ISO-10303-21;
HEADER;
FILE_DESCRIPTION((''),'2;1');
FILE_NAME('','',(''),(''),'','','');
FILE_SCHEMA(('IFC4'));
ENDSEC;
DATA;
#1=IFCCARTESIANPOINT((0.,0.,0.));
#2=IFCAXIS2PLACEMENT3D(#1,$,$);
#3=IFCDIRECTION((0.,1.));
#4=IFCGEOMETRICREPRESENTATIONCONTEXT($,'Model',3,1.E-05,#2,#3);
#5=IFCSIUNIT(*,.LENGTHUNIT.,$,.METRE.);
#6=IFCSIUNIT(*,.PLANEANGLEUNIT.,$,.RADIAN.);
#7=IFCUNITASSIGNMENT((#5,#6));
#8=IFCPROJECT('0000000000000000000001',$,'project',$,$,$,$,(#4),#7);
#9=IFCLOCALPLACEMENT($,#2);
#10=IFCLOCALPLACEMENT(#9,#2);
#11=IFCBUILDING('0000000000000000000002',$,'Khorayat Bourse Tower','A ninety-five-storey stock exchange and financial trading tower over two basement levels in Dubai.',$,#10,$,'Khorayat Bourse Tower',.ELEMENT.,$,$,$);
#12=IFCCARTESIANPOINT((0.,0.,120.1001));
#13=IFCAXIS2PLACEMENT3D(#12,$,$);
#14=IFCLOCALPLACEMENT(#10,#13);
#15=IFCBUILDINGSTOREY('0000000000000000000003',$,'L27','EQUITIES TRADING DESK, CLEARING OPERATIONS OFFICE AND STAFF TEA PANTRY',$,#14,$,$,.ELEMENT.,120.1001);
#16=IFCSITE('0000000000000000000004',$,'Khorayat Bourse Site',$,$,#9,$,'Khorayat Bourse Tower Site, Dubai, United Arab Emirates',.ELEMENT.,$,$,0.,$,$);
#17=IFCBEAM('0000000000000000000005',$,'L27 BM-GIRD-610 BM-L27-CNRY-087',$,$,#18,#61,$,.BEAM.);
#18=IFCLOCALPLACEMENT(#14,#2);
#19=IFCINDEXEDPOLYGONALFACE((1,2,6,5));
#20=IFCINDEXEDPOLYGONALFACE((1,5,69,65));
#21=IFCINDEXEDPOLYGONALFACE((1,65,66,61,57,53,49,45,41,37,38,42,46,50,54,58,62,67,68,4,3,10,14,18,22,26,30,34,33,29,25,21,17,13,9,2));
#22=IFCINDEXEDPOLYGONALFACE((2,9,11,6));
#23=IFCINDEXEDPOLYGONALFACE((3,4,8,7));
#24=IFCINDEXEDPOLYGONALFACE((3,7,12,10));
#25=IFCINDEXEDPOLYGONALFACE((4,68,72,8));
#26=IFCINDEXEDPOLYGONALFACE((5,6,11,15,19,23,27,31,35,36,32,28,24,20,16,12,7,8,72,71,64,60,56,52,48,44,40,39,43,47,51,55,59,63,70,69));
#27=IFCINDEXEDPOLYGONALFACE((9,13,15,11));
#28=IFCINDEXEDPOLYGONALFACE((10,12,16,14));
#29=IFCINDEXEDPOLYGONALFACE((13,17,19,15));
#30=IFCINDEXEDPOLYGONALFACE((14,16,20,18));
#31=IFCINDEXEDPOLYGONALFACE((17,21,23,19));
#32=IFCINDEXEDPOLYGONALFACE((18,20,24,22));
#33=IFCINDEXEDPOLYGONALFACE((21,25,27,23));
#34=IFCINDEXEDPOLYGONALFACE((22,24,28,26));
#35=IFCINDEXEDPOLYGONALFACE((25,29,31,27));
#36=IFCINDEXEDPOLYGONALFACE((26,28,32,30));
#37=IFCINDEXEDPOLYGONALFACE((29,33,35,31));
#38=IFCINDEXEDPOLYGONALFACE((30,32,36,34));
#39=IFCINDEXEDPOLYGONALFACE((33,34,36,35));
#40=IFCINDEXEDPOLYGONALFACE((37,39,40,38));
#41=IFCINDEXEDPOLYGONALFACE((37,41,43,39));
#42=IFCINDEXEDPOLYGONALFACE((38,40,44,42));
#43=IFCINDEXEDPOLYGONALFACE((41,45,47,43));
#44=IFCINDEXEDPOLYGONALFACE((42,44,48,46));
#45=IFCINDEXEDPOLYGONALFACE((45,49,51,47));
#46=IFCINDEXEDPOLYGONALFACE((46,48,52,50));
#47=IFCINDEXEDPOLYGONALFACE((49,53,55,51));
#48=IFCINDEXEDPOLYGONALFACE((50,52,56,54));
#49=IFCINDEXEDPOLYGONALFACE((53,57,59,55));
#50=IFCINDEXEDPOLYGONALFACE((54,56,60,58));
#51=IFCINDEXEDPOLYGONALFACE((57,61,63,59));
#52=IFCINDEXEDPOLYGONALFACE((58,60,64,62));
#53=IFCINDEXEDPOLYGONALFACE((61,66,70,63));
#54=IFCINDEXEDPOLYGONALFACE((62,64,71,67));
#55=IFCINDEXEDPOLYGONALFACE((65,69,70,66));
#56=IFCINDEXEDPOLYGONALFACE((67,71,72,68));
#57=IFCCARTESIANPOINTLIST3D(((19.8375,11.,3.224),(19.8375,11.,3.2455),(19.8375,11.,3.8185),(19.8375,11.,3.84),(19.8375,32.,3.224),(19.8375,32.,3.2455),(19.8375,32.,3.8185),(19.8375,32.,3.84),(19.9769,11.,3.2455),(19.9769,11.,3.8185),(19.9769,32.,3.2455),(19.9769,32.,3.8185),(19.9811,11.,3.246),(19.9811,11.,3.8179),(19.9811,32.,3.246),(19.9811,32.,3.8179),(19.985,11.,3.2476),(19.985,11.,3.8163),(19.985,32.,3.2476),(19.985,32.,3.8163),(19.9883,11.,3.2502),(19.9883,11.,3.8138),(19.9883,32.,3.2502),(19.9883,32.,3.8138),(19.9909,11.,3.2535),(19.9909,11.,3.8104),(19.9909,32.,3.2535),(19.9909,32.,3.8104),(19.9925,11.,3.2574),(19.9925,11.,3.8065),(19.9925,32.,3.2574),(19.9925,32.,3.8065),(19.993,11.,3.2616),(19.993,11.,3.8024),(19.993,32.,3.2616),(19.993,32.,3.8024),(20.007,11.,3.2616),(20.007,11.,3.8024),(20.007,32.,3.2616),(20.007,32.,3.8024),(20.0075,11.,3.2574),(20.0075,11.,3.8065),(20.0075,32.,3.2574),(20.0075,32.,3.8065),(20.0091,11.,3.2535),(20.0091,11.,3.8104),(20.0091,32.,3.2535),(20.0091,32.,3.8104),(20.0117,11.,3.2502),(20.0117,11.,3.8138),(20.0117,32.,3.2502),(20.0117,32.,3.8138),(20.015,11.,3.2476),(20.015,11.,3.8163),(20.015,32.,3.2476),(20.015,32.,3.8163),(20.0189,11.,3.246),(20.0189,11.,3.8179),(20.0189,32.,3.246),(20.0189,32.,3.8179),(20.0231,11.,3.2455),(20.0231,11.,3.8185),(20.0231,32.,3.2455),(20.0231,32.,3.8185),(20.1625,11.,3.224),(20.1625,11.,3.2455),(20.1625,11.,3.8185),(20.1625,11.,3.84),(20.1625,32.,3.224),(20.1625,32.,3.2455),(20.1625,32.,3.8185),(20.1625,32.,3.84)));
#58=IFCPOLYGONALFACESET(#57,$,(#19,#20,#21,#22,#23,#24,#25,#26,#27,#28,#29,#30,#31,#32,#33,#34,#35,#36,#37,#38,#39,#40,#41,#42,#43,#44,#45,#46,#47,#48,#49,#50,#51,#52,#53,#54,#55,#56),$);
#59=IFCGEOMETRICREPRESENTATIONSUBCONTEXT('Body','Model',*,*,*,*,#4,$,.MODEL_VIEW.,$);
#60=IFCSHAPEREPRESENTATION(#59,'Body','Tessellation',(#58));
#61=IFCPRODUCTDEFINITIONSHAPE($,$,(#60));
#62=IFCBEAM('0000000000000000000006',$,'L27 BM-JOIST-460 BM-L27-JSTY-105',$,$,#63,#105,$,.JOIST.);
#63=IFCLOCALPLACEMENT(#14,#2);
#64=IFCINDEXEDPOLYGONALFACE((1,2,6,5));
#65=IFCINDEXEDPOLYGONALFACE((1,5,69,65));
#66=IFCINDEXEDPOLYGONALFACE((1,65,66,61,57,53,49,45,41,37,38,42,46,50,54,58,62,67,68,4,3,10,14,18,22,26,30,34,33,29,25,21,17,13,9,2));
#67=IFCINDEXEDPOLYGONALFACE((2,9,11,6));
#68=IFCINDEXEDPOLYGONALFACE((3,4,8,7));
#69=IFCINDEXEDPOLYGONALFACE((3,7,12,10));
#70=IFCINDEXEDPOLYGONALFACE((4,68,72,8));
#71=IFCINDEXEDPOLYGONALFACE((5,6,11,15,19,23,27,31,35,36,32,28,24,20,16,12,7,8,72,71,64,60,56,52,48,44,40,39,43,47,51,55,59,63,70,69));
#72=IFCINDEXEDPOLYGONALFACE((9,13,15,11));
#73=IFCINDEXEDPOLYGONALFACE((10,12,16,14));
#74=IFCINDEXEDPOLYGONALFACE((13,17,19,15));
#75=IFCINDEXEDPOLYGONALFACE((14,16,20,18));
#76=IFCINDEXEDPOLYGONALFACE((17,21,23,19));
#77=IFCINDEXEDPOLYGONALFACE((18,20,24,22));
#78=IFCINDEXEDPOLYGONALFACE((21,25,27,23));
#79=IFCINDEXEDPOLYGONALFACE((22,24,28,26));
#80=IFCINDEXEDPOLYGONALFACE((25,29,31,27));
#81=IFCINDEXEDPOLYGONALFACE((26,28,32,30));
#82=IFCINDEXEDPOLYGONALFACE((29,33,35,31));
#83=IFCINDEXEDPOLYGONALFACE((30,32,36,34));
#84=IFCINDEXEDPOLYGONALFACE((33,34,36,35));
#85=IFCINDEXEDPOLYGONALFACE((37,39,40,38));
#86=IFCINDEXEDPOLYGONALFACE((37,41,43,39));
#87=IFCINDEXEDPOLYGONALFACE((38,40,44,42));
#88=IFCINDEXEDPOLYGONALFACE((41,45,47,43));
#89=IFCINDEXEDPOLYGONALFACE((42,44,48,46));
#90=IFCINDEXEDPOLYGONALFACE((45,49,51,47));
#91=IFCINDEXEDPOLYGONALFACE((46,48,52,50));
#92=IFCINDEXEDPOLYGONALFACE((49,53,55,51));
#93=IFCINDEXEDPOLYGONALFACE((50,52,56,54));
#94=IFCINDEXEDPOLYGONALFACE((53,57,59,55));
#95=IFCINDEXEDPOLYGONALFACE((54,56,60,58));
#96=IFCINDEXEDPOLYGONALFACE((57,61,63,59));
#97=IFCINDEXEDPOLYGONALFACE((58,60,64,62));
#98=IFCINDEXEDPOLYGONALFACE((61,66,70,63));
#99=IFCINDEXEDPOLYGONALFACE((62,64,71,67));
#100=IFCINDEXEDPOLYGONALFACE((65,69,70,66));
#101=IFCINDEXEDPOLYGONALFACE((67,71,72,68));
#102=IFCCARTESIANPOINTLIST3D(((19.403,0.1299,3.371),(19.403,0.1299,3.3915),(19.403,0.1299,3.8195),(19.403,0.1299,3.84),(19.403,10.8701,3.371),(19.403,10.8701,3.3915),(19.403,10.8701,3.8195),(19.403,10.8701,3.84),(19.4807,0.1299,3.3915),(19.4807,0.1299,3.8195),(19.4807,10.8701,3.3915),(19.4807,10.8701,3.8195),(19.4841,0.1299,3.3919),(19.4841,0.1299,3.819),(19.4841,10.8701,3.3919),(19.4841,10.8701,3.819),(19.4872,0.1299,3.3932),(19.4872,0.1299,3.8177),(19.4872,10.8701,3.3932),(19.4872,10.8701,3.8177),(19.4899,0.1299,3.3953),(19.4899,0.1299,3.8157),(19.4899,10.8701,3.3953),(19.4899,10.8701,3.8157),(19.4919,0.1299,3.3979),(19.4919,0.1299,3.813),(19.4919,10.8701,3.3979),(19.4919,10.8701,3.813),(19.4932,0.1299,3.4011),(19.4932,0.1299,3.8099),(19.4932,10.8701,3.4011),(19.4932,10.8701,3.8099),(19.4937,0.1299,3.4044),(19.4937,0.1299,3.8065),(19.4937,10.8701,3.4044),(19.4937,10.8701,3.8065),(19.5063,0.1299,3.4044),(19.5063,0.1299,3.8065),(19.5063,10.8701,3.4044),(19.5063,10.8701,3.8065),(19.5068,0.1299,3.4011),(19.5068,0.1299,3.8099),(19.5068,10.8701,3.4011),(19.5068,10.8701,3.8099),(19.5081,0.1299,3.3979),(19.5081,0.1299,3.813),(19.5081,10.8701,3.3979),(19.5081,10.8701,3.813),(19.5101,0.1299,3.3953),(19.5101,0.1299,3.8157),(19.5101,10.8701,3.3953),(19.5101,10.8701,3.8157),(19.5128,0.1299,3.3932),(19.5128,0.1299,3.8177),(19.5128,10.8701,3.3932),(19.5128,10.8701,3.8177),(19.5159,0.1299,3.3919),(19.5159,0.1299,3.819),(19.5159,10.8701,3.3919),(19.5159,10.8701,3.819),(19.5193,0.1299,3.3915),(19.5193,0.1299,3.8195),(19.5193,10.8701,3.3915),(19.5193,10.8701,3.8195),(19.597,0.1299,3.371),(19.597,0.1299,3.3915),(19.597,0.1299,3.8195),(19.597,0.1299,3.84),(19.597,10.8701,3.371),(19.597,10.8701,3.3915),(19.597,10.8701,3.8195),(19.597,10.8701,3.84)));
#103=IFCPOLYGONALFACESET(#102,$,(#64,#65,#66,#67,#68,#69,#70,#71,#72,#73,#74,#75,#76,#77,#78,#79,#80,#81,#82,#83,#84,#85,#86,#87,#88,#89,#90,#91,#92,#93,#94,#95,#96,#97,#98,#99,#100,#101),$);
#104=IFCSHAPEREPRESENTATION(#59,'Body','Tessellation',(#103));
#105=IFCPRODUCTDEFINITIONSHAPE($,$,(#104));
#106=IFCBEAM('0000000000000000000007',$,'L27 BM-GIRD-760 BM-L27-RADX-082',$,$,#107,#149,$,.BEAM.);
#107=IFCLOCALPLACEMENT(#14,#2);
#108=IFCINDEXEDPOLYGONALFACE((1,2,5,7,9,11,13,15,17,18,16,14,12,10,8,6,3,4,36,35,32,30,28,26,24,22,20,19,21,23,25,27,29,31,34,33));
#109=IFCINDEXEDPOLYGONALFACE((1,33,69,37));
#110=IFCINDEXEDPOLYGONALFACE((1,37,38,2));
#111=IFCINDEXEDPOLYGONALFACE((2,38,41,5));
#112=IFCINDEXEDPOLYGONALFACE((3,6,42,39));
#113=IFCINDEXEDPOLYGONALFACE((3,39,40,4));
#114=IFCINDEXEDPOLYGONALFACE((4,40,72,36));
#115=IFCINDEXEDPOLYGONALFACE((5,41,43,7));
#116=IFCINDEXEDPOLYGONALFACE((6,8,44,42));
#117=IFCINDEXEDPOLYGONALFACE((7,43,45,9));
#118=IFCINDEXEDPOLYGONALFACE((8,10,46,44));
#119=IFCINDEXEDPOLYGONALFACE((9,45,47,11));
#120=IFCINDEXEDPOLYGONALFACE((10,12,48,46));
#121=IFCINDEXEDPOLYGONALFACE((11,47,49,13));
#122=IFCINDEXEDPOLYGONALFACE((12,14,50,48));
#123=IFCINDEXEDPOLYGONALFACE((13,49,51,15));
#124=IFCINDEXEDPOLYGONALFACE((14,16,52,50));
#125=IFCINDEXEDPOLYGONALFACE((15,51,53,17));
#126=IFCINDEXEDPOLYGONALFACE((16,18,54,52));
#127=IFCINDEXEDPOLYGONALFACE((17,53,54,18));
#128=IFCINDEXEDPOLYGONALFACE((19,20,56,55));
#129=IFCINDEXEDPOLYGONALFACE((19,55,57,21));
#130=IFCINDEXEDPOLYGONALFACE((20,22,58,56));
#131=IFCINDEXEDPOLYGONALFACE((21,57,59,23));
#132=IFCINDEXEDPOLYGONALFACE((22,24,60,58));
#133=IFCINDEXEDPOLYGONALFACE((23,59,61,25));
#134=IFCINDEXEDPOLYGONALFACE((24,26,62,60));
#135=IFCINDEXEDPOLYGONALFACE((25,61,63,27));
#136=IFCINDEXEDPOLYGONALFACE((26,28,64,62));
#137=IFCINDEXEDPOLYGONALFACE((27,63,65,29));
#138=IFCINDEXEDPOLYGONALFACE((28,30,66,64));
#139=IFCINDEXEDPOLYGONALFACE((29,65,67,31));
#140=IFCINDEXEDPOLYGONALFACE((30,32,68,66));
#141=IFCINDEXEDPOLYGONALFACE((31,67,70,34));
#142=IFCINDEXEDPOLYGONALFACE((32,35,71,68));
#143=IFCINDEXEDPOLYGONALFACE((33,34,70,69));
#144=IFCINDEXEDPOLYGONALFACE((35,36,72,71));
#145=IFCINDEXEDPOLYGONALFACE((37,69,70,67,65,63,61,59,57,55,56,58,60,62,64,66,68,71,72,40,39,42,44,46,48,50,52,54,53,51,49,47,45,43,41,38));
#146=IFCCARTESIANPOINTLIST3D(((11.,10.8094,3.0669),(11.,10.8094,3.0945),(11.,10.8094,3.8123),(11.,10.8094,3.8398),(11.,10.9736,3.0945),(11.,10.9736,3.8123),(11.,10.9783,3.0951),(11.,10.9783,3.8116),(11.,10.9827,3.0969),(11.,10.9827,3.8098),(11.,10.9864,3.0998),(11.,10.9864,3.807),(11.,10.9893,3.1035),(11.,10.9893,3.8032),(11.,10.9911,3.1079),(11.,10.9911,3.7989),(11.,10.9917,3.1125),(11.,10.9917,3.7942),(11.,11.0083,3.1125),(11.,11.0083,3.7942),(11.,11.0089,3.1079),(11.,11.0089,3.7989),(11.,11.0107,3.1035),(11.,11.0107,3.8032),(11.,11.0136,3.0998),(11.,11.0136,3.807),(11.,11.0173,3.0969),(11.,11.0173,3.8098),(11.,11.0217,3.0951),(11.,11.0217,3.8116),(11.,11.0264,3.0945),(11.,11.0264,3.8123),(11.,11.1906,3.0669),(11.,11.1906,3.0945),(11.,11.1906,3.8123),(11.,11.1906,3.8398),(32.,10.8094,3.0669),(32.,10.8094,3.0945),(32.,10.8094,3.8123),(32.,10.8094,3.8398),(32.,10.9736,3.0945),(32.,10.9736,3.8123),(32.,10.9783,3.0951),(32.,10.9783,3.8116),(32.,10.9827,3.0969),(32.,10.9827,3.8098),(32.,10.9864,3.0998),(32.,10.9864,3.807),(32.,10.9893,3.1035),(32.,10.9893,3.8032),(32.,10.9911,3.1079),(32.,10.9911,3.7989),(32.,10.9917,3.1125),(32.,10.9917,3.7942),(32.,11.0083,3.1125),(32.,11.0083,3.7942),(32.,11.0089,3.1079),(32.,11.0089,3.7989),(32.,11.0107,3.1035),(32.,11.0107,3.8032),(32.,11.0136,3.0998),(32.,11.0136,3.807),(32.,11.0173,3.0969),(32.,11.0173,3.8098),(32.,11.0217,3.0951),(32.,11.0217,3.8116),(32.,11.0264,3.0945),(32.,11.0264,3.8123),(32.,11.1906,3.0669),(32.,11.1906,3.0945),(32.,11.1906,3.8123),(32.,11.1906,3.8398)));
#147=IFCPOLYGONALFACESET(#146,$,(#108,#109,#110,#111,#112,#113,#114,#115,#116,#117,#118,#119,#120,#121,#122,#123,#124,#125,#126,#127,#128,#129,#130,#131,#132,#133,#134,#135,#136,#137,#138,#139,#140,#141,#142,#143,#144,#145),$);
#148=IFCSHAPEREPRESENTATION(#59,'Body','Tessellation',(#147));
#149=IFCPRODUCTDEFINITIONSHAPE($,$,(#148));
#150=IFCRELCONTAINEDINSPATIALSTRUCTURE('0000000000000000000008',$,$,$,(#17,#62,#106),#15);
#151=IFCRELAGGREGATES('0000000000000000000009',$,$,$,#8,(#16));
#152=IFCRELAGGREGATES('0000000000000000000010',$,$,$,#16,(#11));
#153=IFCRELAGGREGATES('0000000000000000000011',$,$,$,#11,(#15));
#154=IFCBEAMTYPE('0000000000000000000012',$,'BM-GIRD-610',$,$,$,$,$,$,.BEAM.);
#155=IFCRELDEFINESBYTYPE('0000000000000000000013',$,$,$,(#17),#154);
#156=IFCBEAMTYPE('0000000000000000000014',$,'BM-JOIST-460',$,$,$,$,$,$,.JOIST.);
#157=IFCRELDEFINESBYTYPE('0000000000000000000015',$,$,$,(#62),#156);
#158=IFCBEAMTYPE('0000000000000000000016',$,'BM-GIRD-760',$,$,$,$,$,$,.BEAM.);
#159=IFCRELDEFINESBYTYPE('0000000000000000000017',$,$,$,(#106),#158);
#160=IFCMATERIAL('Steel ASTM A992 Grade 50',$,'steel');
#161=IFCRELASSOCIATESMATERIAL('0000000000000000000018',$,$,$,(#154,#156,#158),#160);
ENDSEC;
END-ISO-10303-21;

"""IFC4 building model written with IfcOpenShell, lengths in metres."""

from ifc_helpers import new_model, si_unit, direction, frame, origin, origin_2d, place, context, subcontext, project, spatial, i_section, extrude, source, transform, mapped, material, material_profile, profile_set, type_object, element, save


model = new_model("IFC4")

# Units and contexts
model_context = context("Model", 3, precision=1e-05, world=origin(), true_north=direction((0.0, 1.0)))
body_context = subcontext(model_context, "Body", "Model", "MODEL_VIEW")
ifc_project = project(units=[si_unit("LENGTHUNIT", "METRE"), si_unit("PLANEANGLEUNIT", "RADIAN")], contexts=[model_context])

# Site, building, storey
site_placement = place(None, origin())
site = spatial("IfcSite", under=ifc_project, at=site_placement, Name="Khorayat Bourse Site", LongName="Khorayat Bourse Tower Site, Dubai, United Arab Emirates", CompositionType="ELEMENT", RefElevation=0.0)
building_placement = place(site_placement, origin())
building = spatial("IfcBuilding", under=site, at=building_placement, Name="Khorayat Bourse Tower", Description="A ninety-five-storey stock exchange and financial trading tower over two basement levels in Dubai.", LongName="Khorayat Bourse Tower", CompositionType="ELEMENT")
storey_placement = place(building_placement, frame((0.0, 0.0, 120.1001)))
storey = spatial("IfcBuildingStorey", under=building, at=storey_placement, Name="L27", Description="EQUITIES TRADING DESK, CLEARING OPERATIONS OFFICE AND STAFF TEA PANTRY", CompositionType="ELEMENT", Elevation=120.1001)

# Beams
ifc_material_1 = material(Name="Steel ASTM A992 Grade 50", Category="steel")
ifc_material_profile_1 = material_profile(ifc_material_1, i_section(OverallWidth=0.325, OverallDepth=0.616, WebThickness=0.0139, FlangeThickness=0.0215, FilletRadius=0.0161, at=origin_2d()), Name="W610X174")
ifc_profile_set_1 = profile_set([ifc_material_profile_1], Name="Steel ASTM A992 Grade 50")
beam_type_1 = type_object("IfcBeamType", Name="BM-GIRD-610", PredefinedType="BEAM", material=ifc_profile_set_1)
shared_shape_1 = source(origin(), body_context, "Body", "SweptSolid", [
    extrude(i_section(OverallWidth=0.325, OverallDepth=0.616, WebThickness=0.0139, FlangeThickness=0.0215, FilletRadius=0.0161, at=origin_2d()), origin(), (0.0, 0.0, 1.0), 21.0),
])
beam_1_placement = place(storey_placement, frame((20.0, 11.0, 3.532), z_axis=(0.0, 1.0, 0.0), x_axis=(-1.0, 0.0, 0.0)))
element("IfcBeam", 1, at=beam_1_placement, inside=storey, type_object=beam_type_1, Name="L27 BM-GIRD-610 BM-L27-CNRY-087", PredefinedType="BEAM", context=body_context, shape_type="MappedRepresentation", body=[
    mapped(shared_shape_1, transform((0.0, 0.0, 0.0), scale=1.0)),
])
ifc_material_profile_2 = material_profile(ifc_material_1, i_section(OverallWidth=0.1941, OverallDepth=0.469, WebThickness=0.0127, FlangeThickness=0.0205, FilletRadius=0.0129, at=origin_2d()), Name="W460X106")
ifc_profile_set_2 = profile_set([ifc_material_profile_2], Name="Steel ASTM A992 Grade 50")
beam_type_2 = type_object("IfcBeamType", Name="BM-JOIST-460", PredefinedType="JOIST", material=ifc_profile_set_2)
shared_shape_2 = source(origin(), body_context, "Body", "SweptSolid", [
    extrude(i_section(OverallWidth=0.1941, OverallDepth=0.469, WebThickness=0.0127, FlangeThickness=0.0205, FilletRadius=0.0129, at=origin_2d()), origin(), (0.0, 0.0, 1.0), 10.7402),
])
beam_2_placement = place(storey_placement, frame((19.5, 0.1299, 3.6055), z_axis=(0.0, 1.0, 0.0), x_axis=(-1.0, 0.0, 0.0)))
element("IfcBeam", 2, at=beam_2_placement, inside=storey, type_object=beam_type_2, Name="L27 BM-JOIST-460 BM-L27-JSTY-105", PredefinedType="JOIST", context=body_context, shape_type="MappedRepresentation", body=[
    mapped(shared_shape_2, transform((0.0, 0.0, 0.0), scale=1.0)),
])
ifc_material_profile_3 = material_profile(ifc_material_1, i_section(OverallWidth=0.3811, OverallDepth=0.7729, WebThickness=0.0166, FlangeThickness=0.0276, FilletRadius=0.0181, at=origin_2d()), Name="W760X257")
ifc_profile_set_3 = profile_set([ifc_material_profile_3], Name="Steel ASTM A992 Grade 50")
beam_type_3 = type_object("IfcBeamType", Name="BM-GIRD-760", PredefinedType="BEAM", material=ifc_profile_set_3)
shared_shape_3 = source(origin(), body_context, "Body", "SweptSolid", [
    extrude(i_section(OverallWidth=0.3811, OverallDepth=0.7729, WebThickness=0.0166, FlangeThickness=0.0276, FilletRadius=0.0181, at=origin_2d()), origin(), (0.0, 0.0, 1.0), 21.0),
])
beam_3_placement = place(storey_placement, frame((11.0, 11.0, 3.4534), z_axis=(1.0, 0.0, 0.0), x_axis=(0.0, 1.0, 0.0)))
element("IfcBeam", 3, at=beam_3_placement, inside=storey, type_object=beam_type_3, Name="L27 BM-GIRD-760 BM-L27-RADX-082", PredefinedType="BEAM", context=body_context, shape_type="MappedRepresentation", body=[
    mapped(shared_shape_3, transform((0.0, 0.0, 0.0), scale=1.0)),
])

save(model, "model.ifc")
